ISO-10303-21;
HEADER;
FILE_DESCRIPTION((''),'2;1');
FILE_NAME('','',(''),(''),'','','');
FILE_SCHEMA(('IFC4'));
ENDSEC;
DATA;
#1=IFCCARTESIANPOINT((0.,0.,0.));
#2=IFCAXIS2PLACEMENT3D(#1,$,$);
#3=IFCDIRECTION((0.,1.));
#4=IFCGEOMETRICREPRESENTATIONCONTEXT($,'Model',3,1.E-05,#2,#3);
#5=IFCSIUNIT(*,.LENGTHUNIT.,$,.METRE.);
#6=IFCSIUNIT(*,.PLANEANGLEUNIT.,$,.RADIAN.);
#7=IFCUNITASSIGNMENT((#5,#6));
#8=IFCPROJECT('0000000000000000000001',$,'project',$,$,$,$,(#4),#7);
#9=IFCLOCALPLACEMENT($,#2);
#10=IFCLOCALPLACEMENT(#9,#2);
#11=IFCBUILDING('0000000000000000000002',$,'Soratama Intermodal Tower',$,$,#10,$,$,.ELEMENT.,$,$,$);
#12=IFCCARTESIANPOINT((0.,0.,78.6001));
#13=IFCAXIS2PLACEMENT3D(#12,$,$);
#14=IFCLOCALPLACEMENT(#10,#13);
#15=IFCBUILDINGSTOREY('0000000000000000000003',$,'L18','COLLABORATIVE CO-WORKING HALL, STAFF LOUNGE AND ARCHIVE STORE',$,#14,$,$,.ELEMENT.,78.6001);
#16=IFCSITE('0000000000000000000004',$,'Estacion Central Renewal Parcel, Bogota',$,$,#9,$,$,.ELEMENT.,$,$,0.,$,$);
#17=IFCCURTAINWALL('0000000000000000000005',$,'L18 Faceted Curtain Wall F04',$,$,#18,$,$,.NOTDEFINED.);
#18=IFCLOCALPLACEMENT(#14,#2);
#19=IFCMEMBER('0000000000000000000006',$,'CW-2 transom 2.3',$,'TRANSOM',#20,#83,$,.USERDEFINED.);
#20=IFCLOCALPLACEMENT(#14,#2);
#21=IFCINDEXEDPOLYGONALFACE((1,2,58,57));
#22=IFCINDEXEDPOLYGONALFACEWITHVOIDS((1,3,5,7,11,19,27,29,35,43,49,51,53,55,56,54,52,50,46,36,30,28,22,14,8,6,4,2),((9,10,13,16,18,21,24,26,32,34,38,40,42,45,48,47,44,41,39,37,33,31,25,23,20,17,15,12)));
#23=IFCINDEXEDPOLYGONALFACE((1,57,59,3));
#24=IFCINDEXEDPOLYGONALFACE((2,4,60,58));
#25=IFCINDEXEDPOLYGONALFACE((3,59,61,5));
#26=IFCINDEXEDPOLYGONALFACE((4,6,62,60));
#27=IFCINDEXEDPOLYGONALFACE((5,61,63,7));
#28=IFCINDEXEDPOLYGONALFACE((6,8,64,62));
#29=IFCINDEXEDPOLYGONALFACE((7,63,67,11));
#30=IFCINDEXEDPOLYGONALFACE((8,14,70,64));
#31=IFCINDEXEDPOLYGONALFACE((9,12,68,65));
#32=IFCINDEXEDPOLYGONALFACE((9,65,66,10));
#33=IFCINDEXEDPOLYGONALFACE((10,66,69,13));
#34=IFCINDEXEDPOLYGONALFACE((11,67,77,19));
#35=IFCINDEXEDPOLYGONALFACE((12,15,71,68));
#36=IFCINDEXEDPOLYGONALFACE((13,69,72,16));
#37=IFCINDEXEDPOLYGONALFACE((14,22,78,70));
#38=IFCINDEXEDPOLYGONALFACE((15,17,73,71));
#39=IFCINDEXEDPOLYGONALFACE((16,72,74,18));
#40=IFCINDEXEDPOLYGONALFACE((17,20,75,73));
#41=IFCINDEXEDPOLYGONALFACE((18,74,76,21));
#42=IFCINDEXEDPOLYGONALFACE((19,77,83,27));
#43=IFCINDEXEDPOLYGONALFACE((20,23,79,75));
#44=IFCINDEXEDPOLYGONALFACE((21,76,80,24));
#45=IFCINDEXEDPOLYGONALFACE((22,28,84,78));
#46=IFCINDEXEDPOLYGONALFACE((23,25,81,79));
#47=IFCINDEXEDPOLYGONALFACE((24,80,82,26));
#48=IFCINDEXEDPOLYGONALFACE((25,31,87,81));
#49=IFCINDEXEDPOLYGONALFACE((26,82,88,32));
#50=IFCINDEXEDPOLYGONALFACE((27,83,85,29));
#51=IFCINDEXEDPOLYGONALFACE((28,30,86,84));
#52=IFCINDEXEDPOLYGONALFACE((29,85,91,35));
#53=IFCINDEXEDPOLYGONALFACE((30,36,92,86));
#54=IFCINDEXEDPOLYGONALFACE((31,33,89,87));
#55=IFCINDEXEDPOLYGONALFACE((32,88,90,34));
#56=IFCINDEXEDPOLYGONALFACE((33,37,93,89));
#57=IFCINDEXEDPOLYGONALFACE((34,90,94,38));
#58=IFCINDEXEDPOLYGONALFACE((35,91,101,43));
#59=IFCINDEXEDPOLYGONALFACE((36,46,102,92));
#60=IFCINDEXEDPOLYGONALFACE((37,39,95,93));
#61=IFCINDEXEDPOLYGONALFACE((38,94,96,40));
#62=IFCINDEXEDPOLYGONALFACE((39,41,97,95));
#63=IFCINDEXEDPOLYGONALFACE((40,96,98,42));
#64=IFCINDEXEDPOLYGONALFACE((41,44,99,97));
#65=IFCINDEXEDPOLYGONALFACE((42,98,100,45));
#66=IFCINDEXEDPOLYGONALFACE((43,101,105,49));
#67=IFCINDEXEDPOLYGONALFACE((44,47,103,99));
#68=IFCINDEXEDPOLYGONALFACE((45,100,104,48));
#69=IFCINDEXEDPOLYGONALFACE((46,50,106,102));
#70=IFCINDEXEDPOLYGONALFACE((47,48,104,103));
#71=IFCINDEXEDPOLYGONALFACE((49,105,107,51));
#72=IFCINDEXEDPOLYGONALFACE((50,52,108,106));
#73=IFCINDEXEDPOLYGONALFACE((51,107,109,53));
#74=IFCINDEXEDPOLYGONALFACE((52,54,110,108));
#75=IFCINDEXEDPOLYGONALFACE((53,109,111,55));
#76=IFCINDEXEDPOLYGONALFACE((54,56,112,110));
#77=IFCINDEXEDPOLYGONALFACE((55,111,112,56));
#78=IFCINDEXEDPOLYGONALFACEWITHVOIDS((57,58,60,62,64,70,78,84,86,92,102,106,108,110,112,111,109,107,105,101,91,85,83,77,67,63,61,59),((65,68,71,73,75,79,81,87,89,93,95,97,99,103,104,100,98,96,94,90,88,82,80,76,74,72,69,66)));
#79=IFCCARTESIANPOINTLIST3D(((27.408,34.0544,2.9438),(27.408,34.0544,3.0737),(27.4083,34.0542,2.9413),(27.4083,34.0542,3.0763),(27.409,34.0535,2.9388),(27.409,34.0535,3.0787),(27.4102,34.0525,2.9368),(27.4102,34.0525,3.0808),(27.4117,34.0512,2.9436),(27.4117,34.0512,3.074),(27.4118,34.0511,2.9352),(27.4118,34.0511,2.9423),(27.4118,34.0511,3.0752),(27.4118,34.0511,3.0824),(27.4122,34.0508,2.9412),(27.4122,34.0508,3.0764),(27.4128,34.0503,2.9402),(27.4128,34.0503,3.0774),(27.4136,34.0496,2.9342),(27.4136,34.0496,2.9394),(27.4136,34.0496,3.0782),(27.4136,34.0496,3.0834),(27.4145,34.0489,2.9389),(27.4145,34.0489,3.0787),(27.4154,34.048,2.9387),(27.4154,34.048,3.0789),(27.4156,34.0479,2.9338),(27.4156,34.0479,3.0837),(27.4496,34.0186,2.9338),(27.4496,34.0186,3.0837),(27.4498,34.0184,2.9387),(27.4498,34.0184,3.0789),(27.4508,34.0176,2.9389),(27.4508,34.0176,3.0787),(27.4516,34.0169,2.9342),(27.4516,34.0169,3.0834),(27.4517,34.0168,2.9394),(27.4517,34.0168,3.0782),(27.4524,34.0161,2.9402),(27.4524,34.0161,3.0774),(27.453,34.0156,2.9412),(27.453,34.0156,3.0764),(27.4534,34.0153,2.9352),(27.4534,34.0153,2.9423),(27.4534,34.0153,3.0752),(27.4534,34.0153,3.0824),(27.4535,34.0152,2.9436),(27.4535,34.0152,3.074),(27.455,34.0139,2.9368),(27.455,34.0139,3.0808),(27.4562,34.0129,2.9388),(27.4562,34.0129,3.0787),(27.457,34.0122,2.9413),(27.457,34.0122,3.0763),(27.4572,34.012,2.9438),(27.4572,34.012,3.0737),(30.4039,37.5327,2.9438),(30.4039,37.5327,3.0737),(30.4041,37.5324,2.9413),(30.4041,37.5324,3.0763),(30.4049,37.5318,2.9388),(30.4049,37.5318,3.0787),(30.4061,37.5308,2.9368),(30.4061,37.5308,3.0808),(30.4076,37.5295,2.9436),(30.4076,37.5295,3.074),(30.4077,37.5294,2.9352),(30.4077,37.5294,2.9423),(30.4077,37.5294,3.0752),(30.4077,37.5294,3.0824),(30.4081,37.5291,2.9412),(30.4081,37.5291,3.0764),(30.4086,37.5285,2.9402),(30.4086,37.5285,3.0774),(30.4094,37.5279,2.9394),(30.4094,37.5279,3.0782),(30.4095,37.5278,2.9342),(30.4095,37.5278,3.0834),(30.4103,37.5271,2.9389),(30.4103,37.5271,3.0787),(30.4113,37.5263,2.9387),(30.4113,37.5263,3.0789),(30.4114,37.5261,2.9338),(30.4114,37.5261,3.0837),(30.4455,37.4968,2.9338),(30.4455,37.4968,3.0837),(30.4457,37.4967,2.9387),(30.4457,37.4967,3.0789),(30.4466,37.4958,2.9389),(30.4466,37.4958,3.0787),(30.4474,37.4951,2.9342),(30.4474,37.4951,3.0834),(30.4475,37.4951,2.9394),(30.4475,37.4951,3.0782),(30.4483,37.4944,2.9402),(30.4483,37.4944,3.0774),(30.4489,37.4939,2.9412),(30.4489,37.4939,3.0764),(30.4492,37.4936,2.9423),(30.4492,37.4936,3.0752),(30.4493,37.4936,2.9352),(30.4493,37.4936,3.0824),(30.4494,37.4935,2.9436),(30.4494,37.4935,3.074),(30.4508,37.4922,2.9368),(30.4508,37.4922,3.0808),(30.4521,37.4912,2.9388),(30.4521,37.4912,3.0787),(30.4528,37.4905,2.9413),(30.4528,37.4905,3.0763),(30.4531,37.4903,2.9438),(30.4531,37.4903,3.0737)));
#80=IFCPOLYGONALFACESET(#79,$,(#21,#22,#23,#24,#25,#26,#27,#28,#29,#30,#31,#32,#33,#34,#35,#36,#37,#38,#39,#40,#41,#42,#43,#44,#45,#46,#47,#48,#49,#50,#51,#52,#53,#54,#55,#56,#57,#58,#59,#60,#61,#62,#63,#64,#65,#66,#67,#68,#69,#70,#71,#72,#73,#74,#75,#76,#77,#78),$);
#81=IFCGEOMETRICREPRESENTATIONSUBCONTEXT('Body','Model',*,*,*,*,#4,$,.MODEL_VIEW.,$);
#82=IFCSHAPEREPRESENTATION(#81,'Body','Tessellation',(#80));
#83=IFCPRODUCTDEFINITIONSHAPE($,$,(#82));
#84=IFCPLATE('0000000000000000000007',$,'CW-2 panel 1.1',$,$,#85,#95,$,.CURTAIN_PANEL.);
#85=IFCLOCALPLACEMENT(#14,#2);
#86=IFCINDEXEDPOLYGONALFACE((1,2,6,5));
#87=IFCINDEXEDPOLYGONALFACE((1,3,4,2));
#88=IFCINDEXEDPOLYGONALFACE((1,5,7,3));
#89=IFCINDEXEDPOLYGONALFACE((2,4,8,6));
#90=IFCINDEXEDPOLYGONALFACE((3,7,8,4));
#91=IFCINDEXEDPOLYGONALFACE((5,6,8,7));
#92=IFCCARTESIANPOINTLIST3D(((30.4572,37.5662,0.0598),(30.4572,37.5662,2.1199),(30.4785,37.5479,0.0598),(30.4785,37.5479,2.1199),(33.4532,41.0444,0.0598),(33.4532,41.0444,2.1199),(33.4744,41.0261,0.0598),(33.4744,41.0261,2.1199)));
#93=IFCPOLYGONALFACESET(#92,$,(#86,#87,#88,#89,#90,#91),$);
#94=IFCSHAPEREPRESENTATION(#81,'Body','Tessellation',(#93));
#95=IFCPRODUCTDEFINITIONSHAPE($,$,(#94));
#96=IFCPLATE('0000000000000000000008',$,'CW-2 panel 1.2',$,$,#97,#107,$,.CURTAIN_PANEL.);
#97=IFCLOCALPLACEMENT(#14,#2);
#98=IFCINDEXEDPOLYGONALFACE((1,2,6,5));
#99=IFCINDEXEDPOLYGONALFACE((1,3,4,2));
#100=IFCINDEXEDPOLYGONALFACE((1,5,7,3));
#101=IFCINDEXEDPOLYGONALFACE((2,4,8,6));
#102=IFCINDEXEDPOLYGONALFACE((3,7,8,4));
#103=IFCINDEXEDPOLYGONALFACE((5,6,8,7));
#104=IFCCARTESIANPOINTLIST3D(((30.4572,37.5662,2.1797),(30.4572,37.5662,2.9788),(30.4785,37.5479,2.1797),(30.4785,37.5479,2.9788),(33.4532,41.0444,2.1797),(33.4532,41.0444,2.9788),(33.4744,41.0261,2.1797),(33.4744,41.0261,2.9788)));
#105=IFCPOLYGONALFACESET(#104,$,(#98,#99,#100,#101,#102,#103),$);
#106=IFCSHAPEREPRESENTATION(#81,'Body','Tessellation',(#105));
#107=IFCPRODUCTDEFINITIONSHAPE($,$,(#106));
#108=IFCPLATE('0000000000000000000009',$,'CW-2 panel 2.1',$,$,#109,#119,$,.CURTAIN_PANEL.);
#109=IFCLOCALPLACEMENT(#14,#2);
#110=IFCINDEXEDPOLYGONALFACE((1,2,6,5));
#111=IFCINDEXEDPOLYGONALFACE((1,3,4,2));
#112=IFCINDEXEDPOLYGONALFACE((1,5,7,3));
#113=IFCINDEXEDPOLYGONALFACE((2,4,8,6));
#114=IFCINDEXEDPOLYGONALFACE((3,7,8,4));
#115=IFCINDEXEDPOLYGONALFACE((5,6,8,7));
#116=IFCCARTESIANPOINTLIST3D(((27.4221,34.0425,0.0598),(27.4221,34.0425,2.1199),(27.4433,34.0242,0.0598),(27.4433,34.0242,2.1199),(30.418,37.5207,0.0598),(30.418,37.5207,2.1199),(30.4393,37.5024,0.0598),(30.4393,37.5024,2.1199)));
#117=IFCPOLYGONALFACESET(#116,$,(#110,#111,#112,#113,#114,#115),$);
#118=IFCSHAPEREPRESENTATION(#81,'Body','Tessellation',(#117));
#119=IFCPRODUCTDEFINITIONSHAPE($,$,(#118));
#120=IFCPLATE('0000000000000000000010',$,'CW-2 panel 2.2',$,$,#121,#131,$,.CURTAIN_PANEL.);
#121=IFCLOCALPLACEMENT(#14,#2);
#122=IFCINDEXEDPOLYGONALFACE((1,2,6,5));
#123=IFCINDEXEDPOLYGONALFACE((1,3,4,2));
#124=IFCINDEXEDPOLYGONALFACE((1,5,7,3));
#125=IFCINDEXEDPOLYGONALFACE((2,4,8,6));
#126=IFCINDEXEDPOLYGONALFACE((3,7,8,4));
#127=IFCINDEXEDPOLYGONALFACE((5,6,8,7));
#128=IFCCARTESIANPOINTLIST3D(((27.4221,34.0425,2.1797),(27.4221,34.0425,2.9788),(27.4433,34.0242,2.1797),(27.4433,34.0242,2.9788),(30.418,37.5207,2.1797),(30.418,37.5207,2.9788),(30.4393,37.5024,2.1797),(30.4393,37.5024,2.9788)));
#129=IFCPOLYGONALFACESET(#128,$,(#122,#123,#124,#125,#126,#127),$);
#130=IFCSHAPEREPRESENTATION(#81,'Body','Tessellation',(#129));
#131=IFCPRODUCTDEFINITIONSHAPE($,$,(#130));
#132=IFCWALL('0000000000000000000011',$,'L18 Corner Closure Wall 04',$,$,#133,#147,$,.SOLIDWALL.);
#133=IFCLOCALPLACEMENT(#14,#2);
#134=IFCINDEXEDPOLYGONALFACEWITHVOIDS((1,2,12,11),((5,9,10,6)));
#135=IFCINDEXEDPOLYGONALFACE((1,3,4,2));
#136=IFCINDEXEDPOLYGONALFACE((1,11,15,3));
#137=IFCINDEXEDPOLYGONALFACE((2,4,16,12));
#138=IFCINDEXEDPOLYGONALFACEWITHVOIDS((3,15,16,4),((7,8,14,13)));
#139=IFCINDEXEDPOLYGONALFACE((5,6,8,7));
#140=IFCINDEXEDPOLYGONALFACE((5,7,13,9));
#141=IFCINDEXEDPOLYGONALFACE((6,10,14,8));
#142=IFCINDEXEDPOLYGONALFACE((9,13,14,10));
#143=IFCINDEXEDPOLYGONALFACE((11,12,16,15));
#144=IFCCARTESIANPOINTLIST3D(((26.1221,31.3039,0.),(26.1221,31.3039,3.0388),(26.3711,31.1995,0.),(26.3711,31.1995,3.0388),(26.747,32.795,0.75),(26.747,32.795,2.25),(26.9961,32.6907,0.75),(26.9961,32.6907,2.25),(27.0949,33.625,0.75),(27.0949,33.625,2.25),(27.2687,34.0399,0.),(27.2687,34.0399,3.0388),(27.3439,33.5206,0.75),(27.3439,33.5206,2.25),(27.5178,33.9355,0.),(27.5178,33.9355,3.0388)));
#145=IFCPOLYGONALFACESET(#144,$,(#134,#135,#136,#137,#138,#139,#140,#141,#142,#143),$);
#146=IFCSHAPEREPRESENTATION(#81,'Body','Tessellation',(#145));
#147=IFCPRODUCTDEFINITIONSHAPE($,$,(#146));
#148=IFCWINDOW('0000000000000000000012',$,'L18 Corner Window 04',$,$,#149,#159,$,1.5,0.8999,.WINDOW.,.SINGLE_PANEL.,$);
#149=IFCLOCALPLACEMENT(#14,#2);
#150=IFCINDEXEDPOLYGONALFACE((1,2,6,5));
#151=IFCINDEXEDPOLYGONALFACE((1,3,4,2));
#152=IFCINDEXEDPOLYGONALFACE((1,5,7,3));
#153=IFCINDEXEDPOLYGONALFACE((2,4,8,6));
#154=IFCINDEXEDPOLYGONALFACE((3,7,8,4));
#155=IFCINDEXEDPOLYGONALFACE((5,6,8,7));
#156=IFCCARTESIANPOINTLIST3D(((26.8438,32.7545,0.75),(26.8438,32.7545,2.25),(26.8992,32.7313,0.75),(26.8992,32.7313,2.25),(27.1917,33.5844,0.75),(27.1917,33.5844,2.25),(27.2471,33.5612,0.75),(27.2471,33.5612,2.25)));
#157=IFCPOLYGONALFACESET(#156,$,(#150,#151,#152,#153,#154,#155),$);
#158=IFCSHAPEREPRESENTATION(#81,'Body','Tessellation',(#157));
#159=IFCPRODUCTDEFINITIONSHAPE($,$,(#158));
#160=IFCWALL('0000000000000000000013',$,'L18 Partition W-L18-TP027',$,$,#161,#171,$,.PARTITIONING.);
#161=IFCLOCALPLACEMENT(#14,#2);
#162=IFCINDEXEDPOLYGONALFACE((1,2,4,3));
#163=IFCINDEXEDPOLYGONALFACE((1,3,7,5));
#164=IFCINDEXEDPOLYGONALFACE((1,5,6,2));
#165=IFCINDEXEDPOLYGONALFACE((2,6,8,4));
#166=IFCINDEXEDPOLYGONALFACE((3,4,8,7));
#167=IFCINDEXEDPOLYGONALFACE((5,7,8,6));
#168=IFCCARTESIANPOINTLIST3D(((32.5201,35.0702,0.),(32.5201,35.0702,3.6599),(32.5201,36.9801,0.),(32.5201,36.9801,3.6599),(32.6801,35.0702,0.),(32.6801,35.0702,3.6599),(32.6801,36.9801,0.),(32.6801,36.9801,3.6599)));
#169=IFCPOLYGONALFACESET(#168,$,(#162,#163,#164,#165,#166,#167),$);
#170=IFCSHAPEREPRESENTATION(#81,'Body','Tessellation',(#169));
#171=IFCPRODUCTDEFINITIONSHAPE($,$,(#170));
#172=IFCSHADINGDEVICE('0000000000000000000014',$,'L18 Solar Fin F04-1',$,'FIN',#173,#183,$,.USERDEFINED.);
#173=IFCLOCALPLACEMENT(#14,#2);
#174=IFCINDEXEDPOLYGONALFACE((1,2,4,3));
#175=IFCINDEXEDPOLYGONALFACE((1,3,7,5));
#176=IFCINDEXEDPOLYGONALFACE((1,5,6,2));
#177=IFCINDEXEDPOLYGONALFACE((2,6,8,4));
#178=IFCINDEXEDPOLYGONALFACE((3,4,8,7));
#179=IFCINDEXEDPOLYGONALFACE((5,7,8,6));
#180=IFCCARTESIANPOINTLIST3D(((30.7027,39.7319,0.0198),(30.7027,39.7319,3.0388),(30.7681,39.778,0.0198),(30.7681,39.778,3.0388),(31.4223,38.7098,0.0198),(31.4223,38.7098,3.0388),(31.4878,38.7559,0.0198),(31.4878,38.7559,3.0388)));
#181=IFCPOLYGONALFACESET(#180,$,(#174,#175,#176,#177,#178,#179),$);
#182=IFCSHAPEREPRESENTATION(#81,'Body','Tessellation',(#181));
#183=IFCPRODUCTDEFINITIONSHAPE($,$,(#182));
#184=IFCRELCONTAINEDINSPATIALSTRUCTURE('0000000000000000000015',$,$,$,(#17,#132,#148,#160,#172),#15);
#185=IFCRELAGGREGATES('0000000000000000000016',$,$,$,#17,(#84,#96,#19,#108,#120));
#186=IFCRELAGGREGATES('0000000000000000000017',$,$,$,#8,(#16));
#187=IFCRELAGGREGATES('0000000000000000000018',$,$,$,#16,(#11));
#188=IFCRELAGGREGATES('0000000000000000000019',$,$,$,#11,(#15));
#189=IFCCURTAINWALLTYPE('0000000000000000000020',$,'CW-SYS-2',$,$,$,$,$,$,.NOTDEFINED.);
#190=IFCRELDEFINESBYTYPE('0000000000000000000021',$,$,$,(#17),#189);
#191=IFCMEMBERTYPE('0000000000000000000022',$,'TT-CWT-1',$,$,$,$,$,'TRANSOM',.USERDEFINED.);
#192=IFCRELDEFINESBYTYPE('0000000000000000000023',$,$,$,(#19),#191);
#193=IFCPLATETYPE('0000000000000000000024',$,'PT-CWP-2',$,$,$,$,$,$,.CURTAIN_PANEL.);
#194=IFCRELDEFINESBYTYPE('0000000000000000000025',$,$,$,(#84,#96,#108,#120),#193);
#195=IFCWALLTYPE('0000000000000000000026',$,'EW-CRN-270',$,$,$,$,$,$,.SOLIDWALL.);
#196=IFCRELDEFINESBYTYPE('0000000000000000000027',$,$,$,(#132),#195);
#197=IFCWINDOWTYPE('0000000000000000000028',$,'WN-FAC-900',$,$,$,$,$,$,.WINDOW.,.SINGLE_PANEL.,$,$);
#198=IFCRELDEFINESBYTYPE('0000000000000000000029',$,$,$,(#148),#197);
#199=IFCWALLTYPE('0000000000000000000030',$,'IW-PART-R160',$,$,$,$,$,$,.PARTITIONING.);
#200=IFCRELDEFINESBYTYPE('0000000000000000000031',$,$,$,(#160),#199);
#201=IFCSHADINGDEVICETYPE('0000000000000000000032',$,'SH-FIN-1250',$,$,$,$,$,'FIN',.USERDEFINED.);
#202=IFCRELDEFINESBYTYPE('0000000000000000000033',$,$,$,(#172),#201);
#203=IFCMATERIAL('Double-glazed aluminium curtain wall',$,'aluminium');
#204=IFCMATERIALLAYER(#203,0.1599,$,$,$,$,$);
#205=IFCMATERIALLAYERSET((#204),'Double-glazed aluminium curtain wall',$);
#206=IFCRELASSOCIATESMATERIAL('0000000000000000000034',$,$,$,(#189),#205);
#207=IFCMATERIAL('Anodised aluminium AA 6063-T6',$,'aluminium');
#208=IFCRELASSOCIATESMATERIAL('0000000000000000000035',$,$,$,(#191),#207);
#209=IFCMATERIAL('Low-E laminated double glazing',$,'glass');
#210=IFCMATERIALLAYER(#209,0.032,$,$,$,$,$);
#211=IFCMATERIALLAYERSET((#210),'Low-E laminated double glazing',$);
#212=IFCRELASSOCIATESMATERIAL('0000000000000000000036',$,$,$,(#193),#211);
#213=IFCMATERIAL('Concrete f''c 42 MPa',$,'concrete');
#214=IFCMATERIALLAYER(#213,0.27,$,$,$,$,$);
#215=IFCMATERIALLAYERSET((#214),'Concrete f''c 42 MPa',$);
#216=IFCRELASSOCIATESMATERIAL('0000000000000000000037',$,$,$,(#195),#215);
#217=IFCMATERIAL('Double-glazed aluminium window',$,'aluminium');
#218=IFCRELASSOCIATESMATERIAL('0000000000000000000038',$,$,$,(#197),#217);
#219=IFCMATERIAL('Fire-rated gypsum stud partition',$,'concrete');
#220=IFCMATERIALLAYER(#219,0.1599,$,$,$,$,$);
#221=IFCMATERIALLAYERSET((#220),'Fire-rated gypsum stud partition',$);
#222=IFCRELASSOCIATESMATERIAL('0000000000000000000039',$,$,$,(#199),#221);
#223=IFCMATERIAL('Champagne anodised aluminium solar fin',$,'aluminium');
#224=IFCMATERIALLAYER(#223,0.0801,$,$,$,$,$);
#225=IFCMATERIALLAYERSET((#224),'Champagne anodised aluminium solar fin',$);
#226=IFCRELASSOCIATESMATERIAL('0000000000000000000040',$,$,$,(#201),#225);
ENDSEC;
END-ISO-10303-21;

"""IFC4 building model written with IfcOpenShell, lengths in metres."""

from ifc_helpers import new_model, si_unit, direction, frame, frame_2d, origin, origin_2d, place, context, subcontext, project, spatial, rectangle, hollow_rectangle, extrude, material, layer, layer_set, material_profile, profile_set, type_object, element, fill, aggregate, save


model = new_model("IFC4")

# Units and contexts
model_context = context("Model", 3, precision=1e-05, world=origin(), true_north=direction((0.0, 1.0)))
body_context = subcontext(model_context, "Body", "Model", "MODEL_VIEW")
ifc_project = project(units=[si_unit("LENGTHUNIT", "METRE"), si_unit("PLANEANGLEUNIT", "RADIAN")], contexts=[model_context])

# Site, building, storey
site_placement = place(None, origin())
site = spatial("IfcSite", under=ifc_project, at=site_placement, Name="Estacion Central Renewal Parcel, Bogota", CompositionType="ELEMENT", RefElevation=0.0)
building_placement = place(site_placement, origin())
building = spatial("IfcBuilding", under=site, at=building_placement, Name="Soratama Intermodal Tower", CompositionType="ELEMENT")
storey_placement = place(building_placement, frame((0.0, 0.0, 78.6001)))
storey = spatial("IfcBuildingStorey", under=building, at=storey_placement, Name="L18", Description="COLLABORATIVE CO-WORKING HALL, STAFF LOUNGE AND ARCHIVE STORE", CompositionType="ELEMENT", Elevation=78.6001)

# Curtain wall, member, plates
ifc_material_1 = material(Name="Double-glazed aluminium curtain wall", Category="aluminium")
ifc_layer_1 = layer(ifc_material_1, 0.1599)
ifc_layer_set_1 = layer_set([ifc_layer_1], Name="Double-glazed aluminium curtain wall")
curtain_wall_type = type_object("IfcCurtainWallType", Name="CW-SYS-2", PredefinedType="NOTDEFINED", material=ifc_layer_set_1)
curtain_wall_placement = place(storey_placement, origin())
curtain_wall = element("IfcCurtainWall", 1, at=curtain_wall_placement, inside=storey, type_object=curtain_wall_type, Name="L18 Faceted Curtain Wall F04", PredefinedType="NOTDEFINED")
ifc_material_2 = material(Name="Anodised aluminium AA 6063-T6", Category="aluminium")
ifc_material_profile_1 = material_profile(ifc_material_2, hollow_rectangle(XDim=0.0649, YDim=0.1499, WallThickness=0.0049, InnerFilletRadius=0.0049, OuterFilletRadius=0.01, at=origin_2d()), Name="CWT150X65X5")
ifc_profile_set_1 = profile_set([ifc_material_profile_1], Name="Anodised aluminium AA 6063-T6")
member_type_1 = type_object("IfcMemberType", Name="TT-CWT-1", ElementType="TRANSOM", PredefinedType="USERDEFINED", material=ifc_profile_set_1)
member_1_placement = place(storey_placement, frame((30.4285, 37.5115, 3.0088), z_axis=(-0.652607, -0.757696, 0.0), x_axis=(0.757696, -0.652607, 0.0)))
member_1 = element("IfcMember", 2, at=member_1_placement, type_object=member_type_1, Name="CW-2 transom 2.3", ObjectType="TRANSOM", PredefinedType="USERDEFINED", context=body_context, shape_type="SweptSolid", body=[
    extrude(hollow_rectangle(XDim=0.0649, YDim=0.1499, WallThickness=0.0049, InnerFilletRadius=0.0049, OuterFilletRadius=0.01, at=origin_2d()), origin(), (0.0, 0.0, 1.0), 4.5906),
])
ifc_material_3 = material(Name="Low-E laminated double glazing", Category="glass")
ifc_layer_2 = layer(ifc_material_3, 0.032)
ifc_layer_set_2 = layer_set([ifc_layer_2], Name="Low-E laminated double glazing")
plate_type = type_object("IfcPlateType", Name="PT-CWP-2", PredefinedType="CURTAIN_PANEL", material=ifc_layer_set_2)
plate_1_placement = place(storey_placement, frame((31.9658, 39.2961, 0.0598), z_axis=(0.0, 0.0, 1.0), x_axis=(-0.652629, -0.757678, 0.0)))
plate_1 = element("IfcPlate", 3, at=plate_1_placement, type_object=plate_type, Name="CW-2 panel 1.1", PredefinedType="CURTAIN_PANEL", context=body_context, shape_type="SweptSolid", body=[
    extrude(rectangle(XDim=4.5906, YDim=0.0281, at=origin_2d()), origin(), (0.0, 0.0, 1.0), 2.0601),
])
plate_2_placement = place(storey_placement, frame((31.9658, 39.2961, 2.1797), z_axis=(0.0, 0.0, 1.0), x_axis=(-0.652629, -0.757678, 0.0)))
plate_2 = element("IfcPlate", 4, at=plate_2_placement, type_object=plate_type, Name="CW-2 panel 1.2", PredefinedType="CURTAIN_PANEL", context=body_context, shape_type="SweptSolid", body=[
    extrude(rectangle(XDim=4.5906, YDim=0.0281, at=origin_2d()), origin(), (0.0, 0.0, 1.0), 0.7991),
])
plate_3_placement = place(storey_placement, frame((28.9307, 35.7725, 0.0598), z_axis=(0.0, 0.0, 1.0), x_axis=(-0.652629, -0.757678, 0.0)))
plate_3 = element("IfcPlate", 5, at=plate_3_placement, type_object=plate_type, Name="CW-2 panel 2.1", PredefinedType="CURTAIN_PANEL", context=body_context, shape_type="SweptSolid", body=[
    extrude(rectangle(XDim=4.5906, YDim=0.0281, at=origin_2d()), origin(), (0.0, 0.0, 1.0), 2.0601),
])
plate_4_placement = place(storey_placement, frame((28.9307, 35.7725, 2.1797), z_axis=(0.0, 0.0, 1.0), x_axis=(-0.652629, -0.757678, 0.0)))
plate_4 = element("IfcPlate", 6, at=plate_4_placement, type_object=plate_type, Name="CW-2 panel 2.2", PredefinedType="CURTAIN_PANEL", context=body_context, shape_type="SweptSolid", body=[
    extrude(rectangle(XDim=4.5906, YDim=0.0281, at=origin_2d()), origin(), (0.0, 0.0, 1.0), 0.7991),
])
aggregate(curtain_wall, [plate_1, plate_2, member_1, plate_3, plate_4])

# Wall, opening, window
ifc_material_4 = material(Name="Concrete f'c 42 MPa", Category="concrete")
ifc_layer_3 = layer(ifc_material_4, 0.27)
ifc_layer_set_3 = layer_set([ifc_layer_3], Name="Concrete f'c 42 MPa")
wall_type_1 = type_object("IfcWallType", Name="EW-CRN-270", PredefinedType="SOLIDWALL", material=ifc_layer_set_3)
wall_1_placement = place(storey_placement, frame((27.3933, 33.9878, 0.0), z_axis=(0.0, 0.0, 1.0), x_axis=(-0.386537, -0.922274, 0.0)))
wall_1 = element("IfcWall", 7, at=wall_1_placement, inside=storey, type_object=wall_type_1, Name="L18 Corner Closure Wall 04", PredefinedType="SOLIDWALL", context=body_context, shape_type="SweptSolid", body=[
    extrude(rectangle(XDim=2.9666, YDim=0.27, at=frame_2d((1.4834, 0.0))), origin(), (0.0, 0.0, 1.0), 3.0388),
])
opening_placement = place(wall_1_placement, frame((0.45, 0.0, 0.75)))
opening = element("IfcOpeningElement", 8, at=opening_placement, cuts=wall_1, PredefinedType="OPENING", context=body_context, shape_type="SweptSolid", body=[
    extrude(rectangle(XDim=0.8999, YDim=1.5, at=frame_2d((0.45, 0.75))), frame((0.0, 0.145, 0.0), z_axis=(0.0, -1.0, 0.0), x_axis=(1.0, 0.0, 0.0)), (0.0, 0.0, 1.0), 0.29),
])
ifc_material_5 = material(Name="Double-glazed aluminium window", Category="aluminium")
window_type = type_object("IfcWindowType", Name="WN-FAC-900", PartitioningType="SINGLE_PANEL", PredefinedType="WINDOW", material=ifc_material_5)
window_placement = place(opening_placement, origin())
window = element("IfcWindow", 9, at=window_placement, inside=storey, type_object=window_type, Name="L18 Corner Window 04", OverallHeight=1.5, OverallWidth=0.8999, PartitioningType="SINGLE_PANEL", PredefinedType="WINDOW", context=body_context, shape_type="SweptSolid", body=[
    extrude(rectangle(XDim=0.8999, YDim=1.5, at=frame_2d((0.45, 0.75))), frame((0.0, 0.03, 0.0), z_axis=(0.0, -1.0, 0.0), x_axis=(1.0, 0.0, 0.0)), (0.0, 0.0, 1.0), 0.0601),
])
fill(opening, window)

# Wall
ifc_material_6 = material(Name="Fire-rated gypsum stud partition", Category="concrete")
ifc_layer_4 = layer(ifc_material_6, 0.1599)
ifc_layer_set_4 = layer_set([ifc_layer_4], Name="Fire-rated gypsum stud partition")
wall_type_2 = type_object("IfcWallType", Name="IW-PART-R160", PredefinedType="PARTITIONING", material=ifc_layer_set_4)
wall_2_placement = place(storey_placement, frame((32.6001, 35.0701, 0.0), z_axis=(0.0, 0.0, 1.0), x_axis=(0.0, 1.0, 0.0)))
element("IfcWall", 10, at=wall_2_placement, inside=storey, type_object=wall_type_2, Name="L18 Partition W-L18-TP027", PredefinedType="PARTITIONING", context=body_context, shape_type="SweptSolid", body=[
    extrude(rectangle(XDim=1.9099, YDim=0.1599, at=frame_2d((0.9551, 0.0))), origin(), (0.0, 0.0, 1.0), 3.6599),
])

# Shading device
ifc_material_7 = material(Name="Champagne anodised aluminium solar fin", Category="aluminium")
ifc_layer_5 = layer(ifc_material_7, 0.0801)
ifc_layer_set_5 = layer_set([ifc_layer_5], Name="Champagne anodised aluminium solar fin")
shading_device_type = type_object("IfcShadingDeviceType", Name="SH-FIN-1250", ElementType="FIN", PredefinedType="USERDEFINED", material=ifc_layer_set_5)
for number, where, z_axis, x_axis, name in (
    (11, (31.0952, 39.2439, 0.0198), (0.0, 0.0, 1.0), (-0.575719, 0.817648, 0.0), "L18 Solar Fin F04-1"),
):
    element("IfcShadingDevice", number, at=place(storey_placement, frame(where, z_axis=z_axis, x_axis=x_axis)), inside=storey, type_object=shading_device_type, Name=name, ObjectType="FIN", PredefinedType="USERDEFINED", context=body_context, shape_type="SweptSolid", body=[
        extrude(rectangle(XDim=1.25, YDim=0.0801, at=origin_2d()), origin(), (0.0, 0.0, 1.0), 3.019),
    ])

save(model, "model.ifc")
